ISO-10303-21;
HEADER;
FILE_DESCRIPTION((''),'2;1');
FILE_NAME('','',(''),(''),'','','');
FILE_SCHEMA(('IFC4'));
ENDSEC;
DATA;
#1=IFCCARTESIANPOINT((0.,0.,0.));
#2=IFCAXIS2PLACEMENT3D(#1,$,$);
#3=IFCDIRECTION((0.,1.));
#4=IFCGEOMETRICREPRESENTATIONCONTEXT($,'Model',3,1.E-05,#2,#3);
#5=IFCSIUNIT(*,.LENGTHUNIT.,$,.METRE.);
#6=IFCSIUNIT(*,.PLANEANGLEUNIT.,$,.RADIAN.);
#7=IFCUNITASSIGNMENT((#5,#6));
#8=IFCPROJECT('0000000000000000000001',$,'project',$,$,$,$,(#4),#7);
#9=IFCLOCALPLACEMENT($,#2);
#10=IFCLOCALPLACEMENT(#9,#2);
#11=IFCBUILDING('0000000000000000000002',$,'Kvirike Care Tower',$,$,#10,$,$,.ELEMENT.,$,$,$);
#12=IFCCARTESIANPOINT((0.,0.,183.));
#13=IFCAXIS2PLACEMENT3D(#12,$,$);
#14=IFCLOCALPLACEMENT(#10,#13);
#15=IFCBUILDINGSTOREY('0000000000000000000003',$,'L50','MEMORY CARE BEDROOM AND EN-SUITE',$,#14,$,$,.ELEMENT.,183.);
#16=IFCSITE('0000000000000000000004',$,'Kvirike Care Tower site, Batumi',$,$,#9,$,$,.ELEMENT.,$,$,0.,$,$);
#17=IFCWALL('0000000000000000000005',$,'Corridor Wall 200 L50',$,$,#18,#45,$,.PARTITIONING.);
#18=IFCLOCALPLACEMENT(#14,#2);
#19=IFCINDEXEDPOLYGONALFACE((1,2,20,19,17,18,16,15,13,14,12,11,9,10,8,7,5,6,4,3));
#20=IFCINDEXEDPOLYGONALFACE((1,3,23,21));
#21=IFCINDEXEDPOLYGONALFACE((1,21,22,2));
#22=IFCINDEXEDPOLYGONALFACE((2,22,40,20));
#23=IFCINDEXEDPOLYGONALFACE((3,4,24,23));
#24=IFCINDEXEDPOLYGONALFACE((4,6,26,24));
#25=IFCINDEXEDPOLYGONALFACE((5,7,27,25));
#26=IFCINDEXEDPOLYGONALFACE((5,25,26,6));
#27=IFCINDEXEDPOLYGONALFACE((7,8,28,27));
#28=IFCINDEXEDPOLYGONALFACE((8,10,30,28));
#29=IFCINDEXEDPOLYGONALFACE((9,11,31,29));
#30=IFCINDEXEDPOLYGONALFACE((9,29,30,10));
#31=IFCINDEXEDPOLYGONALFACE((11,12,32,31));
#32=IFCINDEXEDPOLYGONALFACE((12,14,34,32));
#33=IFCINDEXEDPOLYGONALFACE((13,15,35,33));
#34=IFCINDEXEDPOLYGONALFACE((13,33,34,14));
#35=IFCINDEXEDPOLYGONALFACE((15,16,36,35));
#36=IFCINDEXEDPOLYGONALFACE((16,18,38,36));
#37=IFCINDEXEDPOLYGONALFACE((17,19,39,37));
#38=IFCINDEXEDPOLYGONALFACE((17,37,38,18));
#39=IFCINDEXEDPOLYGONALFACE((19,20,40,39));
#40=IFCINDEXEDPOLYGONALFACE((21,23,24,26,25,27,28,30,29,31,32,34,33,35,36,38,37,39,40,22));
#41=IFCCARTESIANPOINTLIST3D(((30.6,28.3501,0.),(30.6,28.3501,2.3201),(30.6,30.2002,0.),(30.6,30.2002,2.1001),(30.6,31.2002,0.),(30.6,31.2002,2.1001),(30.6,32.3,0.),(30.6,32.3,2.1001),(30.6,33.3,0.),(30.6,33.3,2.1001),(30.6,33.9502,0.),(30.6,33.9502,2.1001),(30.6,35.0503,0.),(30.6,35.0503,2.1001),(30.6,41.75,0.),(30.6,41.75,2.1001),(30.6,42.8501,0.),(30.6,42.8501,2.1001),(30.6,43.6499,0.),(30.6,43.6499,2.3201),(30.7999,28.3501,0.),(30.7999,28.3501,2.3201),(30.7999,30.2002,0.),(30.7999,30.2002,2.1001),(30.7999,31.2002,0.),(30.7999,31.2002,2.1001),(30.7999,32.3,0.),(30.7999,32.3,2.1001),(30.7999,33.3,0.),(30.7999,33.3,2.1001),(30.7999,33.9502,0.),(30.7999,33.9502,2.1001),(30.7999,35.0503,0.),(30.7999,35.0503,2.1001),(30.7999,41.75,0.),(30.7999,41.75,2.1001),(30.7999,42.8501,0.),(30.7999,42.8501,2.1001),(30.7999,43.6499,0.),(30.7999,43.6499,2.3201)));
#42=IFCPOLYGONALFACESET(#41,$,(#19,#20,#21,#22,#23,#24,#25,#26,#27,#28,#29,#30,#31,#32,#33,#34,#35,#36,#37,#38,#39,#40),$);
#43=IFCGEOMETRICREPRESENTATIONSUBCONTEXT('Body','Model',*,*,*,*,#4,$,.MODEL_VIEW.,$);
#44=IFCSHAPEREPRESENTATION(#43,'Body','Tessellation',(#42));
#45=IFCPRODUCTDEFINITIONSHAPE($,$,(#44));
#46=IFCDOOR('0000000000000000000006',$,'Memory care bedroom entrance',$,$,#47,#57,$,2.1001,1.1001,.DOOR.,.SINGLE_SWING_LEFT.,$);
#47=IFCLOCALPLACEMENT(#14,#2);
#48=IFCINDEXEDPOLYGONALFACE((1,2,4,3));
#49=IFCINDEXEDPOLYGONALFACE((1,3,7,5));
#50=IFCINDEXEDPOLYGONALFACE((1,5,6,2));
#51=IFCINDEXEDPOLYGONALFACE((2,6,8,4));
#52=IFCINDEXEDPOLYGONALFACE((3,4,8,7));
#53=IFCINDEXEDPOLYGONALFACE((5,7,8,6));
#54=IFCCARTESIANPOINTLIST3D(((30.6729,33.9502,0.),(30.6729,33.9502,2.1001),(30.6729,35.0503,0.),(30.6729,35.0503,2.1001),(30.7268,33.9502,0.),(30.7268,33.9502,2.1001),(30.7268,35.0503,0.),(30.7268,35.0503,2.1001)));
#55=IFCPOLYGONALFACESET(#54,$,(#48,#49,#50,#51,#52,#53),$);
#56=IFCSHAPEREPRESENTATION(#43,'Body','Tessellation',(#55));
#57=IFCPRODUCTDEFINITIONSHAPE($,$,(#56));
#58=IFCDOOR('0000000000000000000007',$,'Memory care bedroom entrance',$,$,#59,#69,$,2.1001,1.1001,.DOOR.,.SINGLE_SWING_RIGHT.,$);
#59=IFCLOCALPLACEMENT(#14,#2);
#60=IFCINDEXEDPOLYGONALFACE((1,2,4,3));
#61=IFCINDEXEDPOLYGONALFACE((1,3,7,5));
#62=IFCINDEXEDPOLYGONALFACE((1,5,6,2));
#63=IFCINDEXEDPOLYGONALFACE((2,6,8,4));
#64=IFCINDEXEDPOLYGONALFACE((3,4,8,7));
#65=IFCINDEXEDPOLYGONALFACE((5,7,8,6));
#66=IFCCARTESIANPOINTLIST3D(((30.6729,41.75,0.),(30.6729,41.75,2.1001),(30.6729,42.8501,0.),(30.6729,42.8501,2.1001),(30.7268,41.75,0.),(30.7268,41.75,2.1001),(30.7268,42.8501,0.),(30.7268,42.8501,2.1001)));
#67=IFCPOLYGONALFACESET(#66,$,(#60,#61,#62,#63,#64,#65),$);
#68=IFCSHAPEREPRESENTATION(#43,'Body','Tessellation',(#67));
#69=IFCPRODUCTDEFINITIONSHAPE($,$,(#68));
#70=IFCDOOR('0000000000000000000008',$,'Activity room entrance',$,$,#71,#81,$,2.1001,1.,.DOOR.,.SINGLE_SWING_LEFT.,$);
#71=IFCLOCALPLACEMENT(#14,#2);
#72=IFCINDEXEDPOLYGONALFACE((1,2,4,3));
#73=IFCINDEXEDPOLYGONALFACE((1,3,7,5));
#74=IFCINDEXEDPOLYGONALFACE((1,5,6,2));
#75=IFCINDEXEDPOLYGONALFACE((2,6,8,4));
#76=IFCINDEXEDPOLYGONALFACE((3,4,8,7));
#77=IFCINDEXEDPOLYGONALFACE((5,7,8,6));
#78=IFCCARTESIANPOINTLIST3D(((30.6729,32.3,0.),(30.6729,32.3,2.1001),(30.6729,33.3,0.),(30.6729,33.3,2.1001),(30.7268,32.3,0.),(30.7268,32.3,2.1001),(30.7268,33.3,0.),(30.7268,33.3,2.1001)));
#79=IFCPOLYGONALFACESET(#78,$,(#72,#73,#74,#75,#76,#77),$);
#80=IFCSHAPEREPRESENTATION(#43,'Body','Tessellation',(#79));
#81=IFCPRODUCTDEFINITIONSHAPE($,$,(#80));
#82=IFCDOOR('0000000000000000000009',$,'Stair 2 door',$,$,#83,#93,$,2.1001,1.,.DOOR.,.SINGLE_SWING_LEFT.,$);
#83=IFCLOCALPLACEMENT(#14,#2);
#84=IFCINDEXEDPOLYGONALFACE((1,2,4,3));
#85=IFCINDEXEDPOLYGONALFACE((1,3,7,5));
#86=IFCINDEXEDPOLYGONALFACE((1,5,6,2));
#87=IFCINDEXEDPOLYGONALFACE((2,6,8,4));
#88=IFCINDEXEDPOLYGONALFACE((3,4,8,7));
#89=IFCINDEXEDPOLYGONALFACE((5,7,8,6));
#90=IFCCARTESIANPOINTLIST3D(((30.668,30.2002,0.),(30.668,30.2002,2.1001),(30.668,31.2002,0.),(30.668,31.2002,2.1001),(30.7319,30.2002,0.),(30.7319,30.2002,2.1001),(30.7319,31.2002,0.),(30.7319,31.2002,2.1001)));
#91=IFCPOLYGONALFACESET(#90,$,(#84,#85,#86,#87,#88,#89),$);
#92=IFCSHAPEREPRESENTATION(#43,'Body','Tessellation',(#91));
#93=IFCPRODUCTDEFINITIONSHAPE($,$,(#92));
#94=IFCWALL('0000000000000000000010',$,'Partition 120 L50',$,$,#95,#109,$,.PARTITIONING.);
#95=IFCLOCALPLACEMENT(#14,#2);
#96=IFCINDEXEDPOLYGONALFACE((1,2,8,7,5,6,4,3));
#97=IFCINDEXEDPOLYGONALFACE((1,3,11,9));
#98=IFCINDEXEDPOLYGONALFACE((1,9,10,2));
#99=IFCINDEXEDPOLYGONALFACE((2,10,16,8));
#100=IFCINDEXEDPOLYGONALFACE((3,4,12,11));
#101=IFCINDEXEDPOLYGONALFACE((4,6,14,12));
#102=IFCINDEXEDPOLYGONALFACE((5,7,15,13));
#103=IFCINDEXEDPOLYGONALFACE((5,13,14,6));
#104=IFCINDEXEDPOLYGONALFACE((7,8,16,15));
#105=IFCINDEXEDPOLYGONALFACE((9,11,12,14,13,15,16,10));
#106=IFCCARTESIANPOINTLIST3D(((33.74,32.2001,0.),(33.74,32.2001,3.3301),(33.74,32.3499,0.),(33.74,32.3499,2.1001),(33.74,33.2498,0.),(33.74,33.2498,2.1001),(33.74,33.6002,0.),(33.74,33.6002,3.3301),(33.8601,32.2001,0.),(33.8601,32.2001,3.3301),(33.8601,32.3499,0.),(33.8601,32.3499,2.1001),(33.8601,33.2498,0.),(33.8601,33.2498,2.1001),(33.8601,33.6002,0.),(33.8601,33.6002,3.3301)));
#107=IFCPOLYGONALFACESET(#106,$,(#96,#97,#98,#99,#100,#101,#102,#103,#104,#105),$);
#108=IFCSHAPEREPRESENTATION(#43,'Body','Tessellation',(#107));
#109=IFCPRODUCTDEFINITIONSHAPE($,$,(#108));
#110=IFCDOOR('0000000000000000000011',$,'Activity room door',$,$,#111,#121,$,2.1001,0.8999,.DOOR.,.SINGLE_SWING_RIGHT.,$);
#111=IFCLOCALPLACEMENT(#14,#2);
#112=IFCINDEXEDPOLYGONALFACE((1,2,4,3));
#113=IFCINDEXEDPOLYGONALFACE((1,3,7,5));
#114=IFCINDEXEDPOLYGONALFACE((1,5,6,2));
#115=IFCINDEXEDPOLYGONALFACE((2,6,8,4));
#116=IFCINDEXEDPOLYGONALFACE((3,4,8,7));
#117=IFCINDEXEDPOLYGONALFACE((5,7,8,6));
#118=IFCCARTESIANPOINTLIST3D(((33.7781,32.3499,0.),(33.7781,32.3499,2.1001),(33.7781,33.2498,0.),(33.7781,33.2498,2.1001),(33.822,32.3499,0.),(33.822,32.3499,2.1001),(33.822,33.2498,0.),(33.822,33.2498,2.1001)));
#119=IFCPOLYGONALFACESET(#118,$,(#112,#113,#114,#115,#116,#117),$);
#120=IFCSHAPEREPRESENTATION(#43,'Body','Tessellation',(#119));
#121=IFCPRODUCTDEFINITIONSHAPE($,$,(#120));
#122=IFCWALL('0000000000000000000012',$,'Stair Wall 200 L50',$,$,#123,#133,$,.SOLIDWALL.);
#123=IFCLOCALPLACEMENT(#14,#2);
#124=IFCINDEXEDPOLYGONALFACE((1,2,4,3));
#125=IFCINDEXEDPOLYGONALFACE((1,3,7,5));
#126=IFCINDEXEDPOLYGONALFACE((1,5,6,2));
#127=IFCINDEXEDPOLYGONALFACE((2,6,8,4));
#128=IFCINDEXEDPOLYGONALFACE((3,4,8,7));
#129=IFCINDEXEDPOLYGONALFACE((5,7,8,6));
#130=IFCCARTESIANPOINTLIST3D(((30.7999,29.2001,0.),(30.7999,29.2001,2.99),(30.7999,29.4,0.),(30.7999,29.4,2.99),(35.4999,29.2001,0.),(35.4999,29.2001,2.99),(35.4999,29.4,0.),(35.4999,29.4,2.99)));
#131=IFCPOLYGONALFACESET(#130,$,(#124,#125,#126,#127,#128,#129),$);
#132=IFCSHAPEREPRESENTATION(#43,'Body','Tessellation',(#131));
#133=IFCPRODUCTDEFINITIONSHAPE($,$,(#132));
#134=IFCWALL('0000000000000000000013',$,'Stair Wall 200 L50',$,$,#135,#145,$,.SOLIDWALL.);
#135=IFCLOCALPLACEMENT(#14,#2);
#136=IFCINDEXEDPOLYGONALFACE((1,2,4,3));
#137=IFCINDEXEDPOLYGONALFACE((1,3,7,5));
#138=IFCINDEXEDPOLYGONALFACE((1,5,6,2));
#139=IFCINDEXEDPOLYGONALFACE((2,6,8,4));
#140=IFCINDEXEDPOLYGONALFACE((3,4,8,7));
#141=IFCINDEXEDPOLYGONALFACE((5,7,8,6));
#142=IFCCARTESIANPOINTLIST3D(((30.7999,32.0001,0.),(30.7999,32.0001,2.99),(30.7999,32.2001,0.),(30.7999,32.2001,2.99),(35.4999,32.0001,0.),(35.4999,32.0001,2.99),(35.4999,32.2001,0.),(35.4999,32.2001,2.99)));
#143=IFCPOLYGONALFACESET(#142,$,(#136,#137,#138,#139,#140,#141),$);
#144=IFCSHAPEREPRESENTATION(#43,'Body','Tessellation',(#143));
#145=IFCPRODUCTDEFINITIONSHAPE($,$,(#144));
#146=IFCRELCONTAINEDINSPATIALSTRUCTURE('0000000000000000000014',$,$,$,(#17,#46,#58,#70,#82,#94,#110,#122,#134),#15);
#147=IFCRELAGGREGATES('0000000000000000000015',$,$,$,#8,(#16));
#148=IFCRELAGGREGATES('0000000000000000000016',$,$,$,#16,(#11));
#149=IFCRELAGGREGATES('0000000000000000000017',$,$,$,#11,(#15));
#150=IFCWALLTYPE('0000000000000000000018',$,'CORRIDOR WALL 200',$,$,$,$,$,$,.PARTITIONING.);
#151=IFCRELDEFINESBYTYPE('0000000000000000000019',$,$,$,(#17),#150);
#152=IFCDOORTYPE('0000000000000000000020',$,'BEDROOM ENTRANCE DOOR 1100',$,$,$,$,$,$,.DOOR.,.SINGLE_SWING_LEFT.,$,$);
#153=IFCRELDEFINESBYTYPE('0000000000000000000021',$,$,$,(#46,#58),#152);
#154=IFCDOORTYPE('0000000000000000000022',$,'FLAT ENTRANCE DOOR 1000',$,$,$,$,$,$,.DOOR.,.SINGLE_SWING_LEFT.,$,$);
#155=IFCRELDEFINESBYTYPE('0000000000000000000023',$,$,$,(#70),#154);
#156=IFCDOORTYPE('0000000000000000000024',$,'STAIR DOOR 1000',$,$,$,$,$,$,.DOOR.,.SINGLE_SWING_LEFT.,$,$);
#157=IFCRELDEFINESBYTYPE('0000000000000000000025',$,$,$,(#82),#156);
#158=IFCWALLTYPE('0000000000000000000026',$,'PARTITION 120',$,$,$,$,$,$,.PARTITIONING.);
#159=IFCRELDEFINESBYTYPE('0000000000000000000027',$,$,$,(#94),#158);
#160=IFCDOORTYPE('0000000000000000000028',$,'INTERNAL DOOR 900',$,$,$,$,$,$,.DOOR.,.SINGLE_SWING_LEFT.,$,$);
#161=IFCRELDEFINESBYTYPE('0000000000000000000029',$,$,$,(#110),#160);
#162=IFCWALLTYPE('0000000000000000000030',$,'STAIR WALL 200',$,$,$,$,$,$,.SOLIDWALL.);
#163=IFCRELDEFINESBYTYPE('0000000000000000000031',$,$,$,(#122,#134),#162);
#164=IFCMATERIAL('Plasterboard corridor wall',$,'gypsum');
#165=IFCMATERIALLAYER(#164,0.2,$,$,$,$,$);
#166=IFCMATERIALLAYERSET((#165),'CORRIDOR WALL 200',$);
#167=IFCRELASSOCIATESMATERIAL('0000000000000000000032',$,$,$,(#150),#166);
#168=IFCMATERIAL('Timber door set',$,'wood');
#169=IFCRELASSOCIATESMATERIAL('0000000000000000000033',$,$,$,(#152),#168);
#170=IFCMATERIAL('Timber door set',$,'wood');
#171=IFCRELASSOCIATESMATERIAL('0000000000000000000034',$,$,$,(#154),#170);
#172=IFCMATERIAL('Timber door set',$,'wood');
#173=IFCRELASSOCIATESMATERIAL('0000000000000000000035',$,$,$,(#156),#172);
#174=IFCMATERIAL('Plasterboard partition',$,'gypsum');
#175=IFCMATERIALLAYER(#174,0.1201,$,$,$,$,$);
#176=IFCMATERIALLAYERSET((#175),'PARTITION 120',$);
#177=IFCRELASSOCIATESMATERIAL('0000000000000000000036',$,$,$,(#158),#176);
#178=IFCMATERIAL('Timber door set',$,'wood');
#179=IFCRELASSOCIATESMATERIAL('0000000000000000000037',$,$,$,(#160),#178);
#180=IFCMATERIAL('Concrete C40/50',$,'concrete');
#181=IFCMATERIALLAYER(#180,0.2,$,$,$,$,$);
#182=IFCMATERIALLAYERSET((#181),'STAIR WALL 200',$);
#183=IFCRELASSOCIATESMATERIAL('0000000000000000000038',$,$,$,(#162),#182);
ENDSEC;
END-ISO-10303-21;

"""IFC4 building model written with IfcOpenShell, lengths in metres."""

from ifc_helpers import new_model, si_unit, direction, frame, frame_2d, origin, place, context, subcontext, project, spatial, rectangle, extrude, material, layer, layer_set, type_object, element, fill, save


model = new_model("IFC4")

# Units and contexts
model_context = context("Model", 3, precision=1e-05, world=origin(), true_north=direction((0.0, 1.0)))
body_context = subcontext(model_context, "Body", "Model", "MODEL_VIEW")
ifc_project = project(units=[si_unit("LENGTHUNIT", "METRE"), si_unit("PLANEANGLEUNIT", "RADIAN")], contexts=[model_context])

# Site, building, storey
site_placement = place(None, origin())
site = spatial("IfcSite", under=ifc_project, at=site_placement, Name="Kvirike Care Tower site, Batumi", CompositionType="ELEMENT", RefElevation=0.0)
building_placement = place(site_placement, origin())
building = spatial("IfcBuilding", under=site, at=building_placement, Name="Kvirike Care Tower", CompositionType="ELEMENT")
storey_placement = place(building_placement, frame((0.0, 0.0, 183.0)))
storey = spatial("IfcBuildingStorey", under=building, at=storey_placement, Name="L50", Description="MEMORY CARE BEDROOM AND EN-SUITE", CompositionType="ELEMENT", Elevation=183.0)

# Wall, openings, doors
ifc_material_1 = material(Name="Plasterboard corridor wall", Category="gypsum")
ifc_layer_1 = layer(ifc_material_1, 0.2)
ifc_layer_set_1 = layer_set([ifc_layer_1], Name="CORRIDOR WALL 200")
wall_type_1 = type_object("IfcWallType", Name="CORRIDOR WALL 200", PredefinedType="PARTITIONING", material=ifc_layer_set_1)
wall_1_placement = place(storey_placement, frame((30.7, 28.3501, 0.0), z_axis=(0.0, 0.0, 1.0), x_axis=(0.0, 1.0, 0.0)))
wall_1 = element("IfcWall", 1, at=wall_1_placement, inside=storey, type_object=wall_type_1, Name="Corridor Wall 200 L50", PredefinedType="PARTITIONING", context=body_context, shape_type="SweptSolid", body=[
    extrude(rectangle(XDim=15.2998, YDim=0.2, at=frame_2d((7.6499, 0.0))), origin(), (0.0, 0.0, 1.0), 2.3201),
])
opening_1_placement = place(wall_1_placement, frame((1.8501, 0.0, 0.0)))
opening_1 = element("IfcOpeningElement", 2, at=opening_1_placement, cuts=wall_1, PredefinedType="OPENING", context=body_context, shape_type="SweptSolid", body=[
    extrude(rectangle(XDim=1.0, YDim=2.1001, at=frame_2d((0.5, 1.05))), frame((0.0, 0.1106, 0.0), z_axis=(0.0, -1.0, 0.0), x_axis=(1.0, 0.0, 0.0)), (0.0, 0.0, 1.0), 0.2209),
])
opening_2_placement = place(wall_1_placement, frame((3.95, 0.0, 0.0)))
opening_2 = element("IfcOpeningElement", 3, at=opening_2_placement, cuts=wall_1, PredefinedType="OPENING", context=body_context, shape_type="SweptSolid", body=[
    extrude(rectangle(XDim=1.0, YDim=2.1001, at=frame_2d((0.5, 1.05))), frame((0.0, 0.1106, 0.0), z_axis=(0.0, -1.0, 0.0), x_axis=(1.0, 0.0, 0.0)), (0.0, 0.0, 1.0), 0.2209),
])
opening_3_placement = place(wall_1_placement, frame((5.6001, 0.0, 0.0)))
opening_3 = element("IfcOpeningElement", 4, at=opening_3_placement, cuts=wall_1, PredefinedType="OPENING", context=body_context, shape_type="SweptSolid", body=[
    extrude(rectangle(XDim=1.1001, YDim=2.1001, at=frame_2d((0.55, 1.05))), frame((0.0, 0.1106, 0.0), z_axis=(0.0, -1.0, 0.0), x_axis=(1.0, 0.0, 0.0)), (0.0, 0.0, 1.0), 0.2209),
])
opening_4_placement = place(wall_1_placement, frame((13.3999, 0.0, 0.0)))
opening_4 = element("IfcOpeningElement", 5, at=opening_4_placement, cuts=wall_1, PredefinedType="OPENING", context=body_context, shape_type="SweptSolid", body=[
    extrude(rectangle(XDim=1.1001, YDim=2.1001, at=frame_2d((0.55, 1.05))), frame((0.0, 0.1106, 0.0), z_axis=(0.0, -1.0, 0.0), x_axis=(1.0, 0.0, 0.0)), (0.0, 0.0, 1.0), 0.2209),
])
ifc_material_2 = material(Name="Timber door set", Category="wood")
door_type_1 = type_object("IfcDoorType", Name="BEDROOM ENTRANCE DOOR 1100", OperationType="SINGLE_SWING_LEFT", PredefinedType="DOOR", material=ifc_material_2)
door_1_placement = place(opening_3_placement, frame((1.1001, 0.0, 0.0), z_axis=(0.0, 0.0, 1.0), x_axis=(-1.0, 0.0, 0.0)))
door_1 = element("IfcDoor", 6, at=door_1_placement, inside=storey, type_object=door_type_1, Name="Memory care bedroom entrance", OperationType="SINGLE_SWING_LEFT", OverallHeight=2.1001, OverallWidth=1.1001, PredefinedType="DOOR", context=body_context, shape_type="SweptSolid", body=[
    extrude(rectangle(XDim=1.1001, YDim=2.1001, at=frame_2d((0.55, 1.05))), frame((0.0, 0.0269, 0.0), z_axis=(0.0, -1.0, 0.0), x_axis=(1.0, 0.0, 0.0)), (0.0, 0.0, 1.0), 0.054),
])
fill(opening_3, door_1)
door_2_placement = place(opening_4_placement, frame((1.1001, 0.0, 0.0), z_axis=(0.0, 0.0, 1.0), x_axis=(-1.0, 0.0, 0.0)))
door_2 = element("IfcDoor", 7, at=door_2_placement, inside=storey, type_object=door_type_1, Name="Memory care bedroom entrance", OperationType="SINGLE_SWING_RIGHT", OverallHeight=2.1001, OverallWidth=1.1001, PredefinedType="DOOR", context=body_context, shape_type="SweptSolid", body=[
    extrude(rectangle(XDim=1.1001, YDim=2.1001, at=frame_2d((0.55, 1.05))), frame((0.0, 0.0269, 0.0), z_axis=(0.0, -1.0, 0.0), x_axis=(1.0, 0.0, 0.0)), (0.0, 0.0, 1.0), 0.054),
])
fill(opening_4, door_2)
ifc_material_3 = material(Name="Timber door set", Category="wood")
door_type_2 = type_object("IfcDoorType", Name="FLAT ENTRANCE DOOR 1000", OperationType="SINGLE_SWING_LEFT", PredefinedType="DOOR", material=ifc_material_3)
door_3_placement = place(opening_2_placement, frame((1.0, 0.0, 0.0), z_axis=(0.0, 0.0, 1.0), x_axis=(-1.0, 0.0, 0.0)))
door_3 = element("IfcDoor", 8, at=door_3_placement, inside=storey, type_object=door_type_2, Name="Activity room entrance", OperationType="SINGLE_SWING_LEFT", OverallHeight=2.1001, OverallWidth=1.0, PredefinedType="DOOR", context=body_context, shape_type="SweptSolid", body=[
    extrude(rectangle(XDim=1.0, YDim=2.1001, at=frame_2d((0.5, 1.05))), frame((0.0, 0.0269, 0.0), z_axis=(0.0, -1.0, 0.0), x_axis=(1.0, 0.0, 0.0)), (0.0, 0.0, 1.0), 0.054),
])
fill(opening_2, door_3)
ifc_material_4 = material(Name="Timber door set", Category="wood")
door_type_3 = type_object("IfcDoorType", Name="STAIR DOOR 1000", OperationType="SINGLE_SWING_LEFT", PredefinedType="DOOR", material=ifc_material_4)
door_4_placement = place(opening_1_placement, frame((1.0, 0.0, 0.0), z_axis=(0.0, 0.0, 1.0), x_axis=(-1.0, 0.0, 0.0)))
door_4 = element("IfcDoor", 9, at=door_4_placement, inside=storey, type_object=door_type_3, Name="Stair 2 door", OperationType="SINGLE_SWING_LEFT", OverallHeight=2.1001, OverallWidth=1.0, PredefinedType="DOOR", context=body_context, shape_type="SweptSolid", body=[
    extrude(rectangle(XDim=1.0, YDim=2.1001, at=frame_2d((0.5, 1.05))), frame((0.0, 0.032, 0.0), z_axis=(0.0, -1.0, 0.0), x_axis=(1.0, 0.0, 0.0)), (0.0, 0.0, 1.0), 0.064),
])
fill(opening_1, door_4)

# Wall, opening, door
ifc_material_5 = material(Name="Plasterboard partition", Category="gypsum")
ifc_layer_2 = layer(ifc_material_5, 0.1201)
ifc_layer_set_2 = layer_set([ifc_layer_2], Name="PARTITION 120")
wall_type_2 = type_object("IfcWallType", Name="PARTITION 120", PredefinedType="PARTITIONING", material=ifc_layer_set_2)
wall_2_placement = place(storey_placement, frame((33.8, 32.2, 0.0), z_axis=(0.0, 0.0, 1.0), x_axis=(0.0, 1.0, 0.0)))
wall_2 = element("IfcWall", 10, at=wall_2_placement, inside=storey, type_object=wall_type_2, Name="Partition 120 L50", PredefinedType="PARTITIONING", context=body_context, shape_type="SweptSolid", body=[
    extrude(rectangle(XDim=1.4001, YDim=0.1201, at=frame_2d((0.7002, 0.0))), origin(), (0.0, 0.0, 1.0), 3.3301),
])
opening_5_placement = place(wall_2_placement, frame((0.1499, 0.0, 0.0)))
opening_5 = element("IfcOpeningElement", 11, at=opening_5_placement, cuts=wall_2, PredefinedType="OPENING", context=body_context, shape_type="SweptSolid", body=[
    extrude(rectangle(XDim=0.8999, YDim=2.1001, at=frame_2d((0.45, 1.05))), frame((0.0, 0.0706, 0.0), z_axis=(0.0, -1.0, 0.0), x_axis=(1.0, 0.0, 0.0)), (0.0, 0.0, 1.0), 0.1411),
])
ifc_material_6 = material(Name="Timber door set", Category="wood")
door_type_4 = type_object("IfcDoorType", Name="INTERNAL DOOR 900", OperationType="SINGLE_SWING_LEFT", PredefinedType="DOOR", material=ifc_material_6)
door_5_placement = place(opening_5_placement, origin())
door_5 = element("IfcDoor", 12, at=door_5_placement, inside=storey, type_object=door_type_4, Name="Activity room door", OperationType="SINGLE_SWING_RIGHT", OverallHeight=2.1001, OverallWidth=0.8999, PredefinedType="DOOR", context=body_context, shape_type="SweptSolid", body=[
    extrude(rectangle(XDim=0.8999, YDim=2.1001, at=frame_2d((0.45, 1.05))), frame((0.0, 0.022, 0.0), z_axis=(0.0, -1.0, 0.0), x_axis=(1.0, 0.0, 0.0)), (0.0, 0.0, 1.0), 0.0439),
])
fill(opening_5, door_5)

# Walls
ifc_material_7 = material(Name="Concrete C40/50", Category="concrete")
ifc_layer_3 = layer(ifc_material_7, 0.2)
ifc_layer_set_3 = layer_set([ifc_layer_3], Name="STAIR WALL 200")
wall_type_3 = type_object("IfcWallType", Name="STAIR WALL 200", PredefinedType="SOLIDWALL", material=ifc_layer_set_3)
for number, where, z_axis, x_axis, name in (
    (13, (35.5, 29.3, 0.0), (0.0, 0.0, 1.0), (-1.0, 0.0, 0.0), "Stair Wall 200 L50"),
    (14, (35.5, 32.1001, 0.0), (0.0, 0.0, 1.0), (-1.0, 0.0, 0.0), "Stair Wall 200 L50"),
):
    element("IfcWall", number, at=place(storey_placement, frame(where, z_axis=z_axis, x_axis=x_axis)), inside=storey, type_object=wall_type_3, Name=name, PredefinedType="SOLIDWALL", context=body_context, shape_type="SweptSolid", body=[
        extrude(rectangle(XDim=4.7, YDim=0.2, at=frame_2d((2.3501, 0.0))), origin(), (0.0, 0.0, 1.0), 2.99),
    ])

save(model, "model.ifc")
